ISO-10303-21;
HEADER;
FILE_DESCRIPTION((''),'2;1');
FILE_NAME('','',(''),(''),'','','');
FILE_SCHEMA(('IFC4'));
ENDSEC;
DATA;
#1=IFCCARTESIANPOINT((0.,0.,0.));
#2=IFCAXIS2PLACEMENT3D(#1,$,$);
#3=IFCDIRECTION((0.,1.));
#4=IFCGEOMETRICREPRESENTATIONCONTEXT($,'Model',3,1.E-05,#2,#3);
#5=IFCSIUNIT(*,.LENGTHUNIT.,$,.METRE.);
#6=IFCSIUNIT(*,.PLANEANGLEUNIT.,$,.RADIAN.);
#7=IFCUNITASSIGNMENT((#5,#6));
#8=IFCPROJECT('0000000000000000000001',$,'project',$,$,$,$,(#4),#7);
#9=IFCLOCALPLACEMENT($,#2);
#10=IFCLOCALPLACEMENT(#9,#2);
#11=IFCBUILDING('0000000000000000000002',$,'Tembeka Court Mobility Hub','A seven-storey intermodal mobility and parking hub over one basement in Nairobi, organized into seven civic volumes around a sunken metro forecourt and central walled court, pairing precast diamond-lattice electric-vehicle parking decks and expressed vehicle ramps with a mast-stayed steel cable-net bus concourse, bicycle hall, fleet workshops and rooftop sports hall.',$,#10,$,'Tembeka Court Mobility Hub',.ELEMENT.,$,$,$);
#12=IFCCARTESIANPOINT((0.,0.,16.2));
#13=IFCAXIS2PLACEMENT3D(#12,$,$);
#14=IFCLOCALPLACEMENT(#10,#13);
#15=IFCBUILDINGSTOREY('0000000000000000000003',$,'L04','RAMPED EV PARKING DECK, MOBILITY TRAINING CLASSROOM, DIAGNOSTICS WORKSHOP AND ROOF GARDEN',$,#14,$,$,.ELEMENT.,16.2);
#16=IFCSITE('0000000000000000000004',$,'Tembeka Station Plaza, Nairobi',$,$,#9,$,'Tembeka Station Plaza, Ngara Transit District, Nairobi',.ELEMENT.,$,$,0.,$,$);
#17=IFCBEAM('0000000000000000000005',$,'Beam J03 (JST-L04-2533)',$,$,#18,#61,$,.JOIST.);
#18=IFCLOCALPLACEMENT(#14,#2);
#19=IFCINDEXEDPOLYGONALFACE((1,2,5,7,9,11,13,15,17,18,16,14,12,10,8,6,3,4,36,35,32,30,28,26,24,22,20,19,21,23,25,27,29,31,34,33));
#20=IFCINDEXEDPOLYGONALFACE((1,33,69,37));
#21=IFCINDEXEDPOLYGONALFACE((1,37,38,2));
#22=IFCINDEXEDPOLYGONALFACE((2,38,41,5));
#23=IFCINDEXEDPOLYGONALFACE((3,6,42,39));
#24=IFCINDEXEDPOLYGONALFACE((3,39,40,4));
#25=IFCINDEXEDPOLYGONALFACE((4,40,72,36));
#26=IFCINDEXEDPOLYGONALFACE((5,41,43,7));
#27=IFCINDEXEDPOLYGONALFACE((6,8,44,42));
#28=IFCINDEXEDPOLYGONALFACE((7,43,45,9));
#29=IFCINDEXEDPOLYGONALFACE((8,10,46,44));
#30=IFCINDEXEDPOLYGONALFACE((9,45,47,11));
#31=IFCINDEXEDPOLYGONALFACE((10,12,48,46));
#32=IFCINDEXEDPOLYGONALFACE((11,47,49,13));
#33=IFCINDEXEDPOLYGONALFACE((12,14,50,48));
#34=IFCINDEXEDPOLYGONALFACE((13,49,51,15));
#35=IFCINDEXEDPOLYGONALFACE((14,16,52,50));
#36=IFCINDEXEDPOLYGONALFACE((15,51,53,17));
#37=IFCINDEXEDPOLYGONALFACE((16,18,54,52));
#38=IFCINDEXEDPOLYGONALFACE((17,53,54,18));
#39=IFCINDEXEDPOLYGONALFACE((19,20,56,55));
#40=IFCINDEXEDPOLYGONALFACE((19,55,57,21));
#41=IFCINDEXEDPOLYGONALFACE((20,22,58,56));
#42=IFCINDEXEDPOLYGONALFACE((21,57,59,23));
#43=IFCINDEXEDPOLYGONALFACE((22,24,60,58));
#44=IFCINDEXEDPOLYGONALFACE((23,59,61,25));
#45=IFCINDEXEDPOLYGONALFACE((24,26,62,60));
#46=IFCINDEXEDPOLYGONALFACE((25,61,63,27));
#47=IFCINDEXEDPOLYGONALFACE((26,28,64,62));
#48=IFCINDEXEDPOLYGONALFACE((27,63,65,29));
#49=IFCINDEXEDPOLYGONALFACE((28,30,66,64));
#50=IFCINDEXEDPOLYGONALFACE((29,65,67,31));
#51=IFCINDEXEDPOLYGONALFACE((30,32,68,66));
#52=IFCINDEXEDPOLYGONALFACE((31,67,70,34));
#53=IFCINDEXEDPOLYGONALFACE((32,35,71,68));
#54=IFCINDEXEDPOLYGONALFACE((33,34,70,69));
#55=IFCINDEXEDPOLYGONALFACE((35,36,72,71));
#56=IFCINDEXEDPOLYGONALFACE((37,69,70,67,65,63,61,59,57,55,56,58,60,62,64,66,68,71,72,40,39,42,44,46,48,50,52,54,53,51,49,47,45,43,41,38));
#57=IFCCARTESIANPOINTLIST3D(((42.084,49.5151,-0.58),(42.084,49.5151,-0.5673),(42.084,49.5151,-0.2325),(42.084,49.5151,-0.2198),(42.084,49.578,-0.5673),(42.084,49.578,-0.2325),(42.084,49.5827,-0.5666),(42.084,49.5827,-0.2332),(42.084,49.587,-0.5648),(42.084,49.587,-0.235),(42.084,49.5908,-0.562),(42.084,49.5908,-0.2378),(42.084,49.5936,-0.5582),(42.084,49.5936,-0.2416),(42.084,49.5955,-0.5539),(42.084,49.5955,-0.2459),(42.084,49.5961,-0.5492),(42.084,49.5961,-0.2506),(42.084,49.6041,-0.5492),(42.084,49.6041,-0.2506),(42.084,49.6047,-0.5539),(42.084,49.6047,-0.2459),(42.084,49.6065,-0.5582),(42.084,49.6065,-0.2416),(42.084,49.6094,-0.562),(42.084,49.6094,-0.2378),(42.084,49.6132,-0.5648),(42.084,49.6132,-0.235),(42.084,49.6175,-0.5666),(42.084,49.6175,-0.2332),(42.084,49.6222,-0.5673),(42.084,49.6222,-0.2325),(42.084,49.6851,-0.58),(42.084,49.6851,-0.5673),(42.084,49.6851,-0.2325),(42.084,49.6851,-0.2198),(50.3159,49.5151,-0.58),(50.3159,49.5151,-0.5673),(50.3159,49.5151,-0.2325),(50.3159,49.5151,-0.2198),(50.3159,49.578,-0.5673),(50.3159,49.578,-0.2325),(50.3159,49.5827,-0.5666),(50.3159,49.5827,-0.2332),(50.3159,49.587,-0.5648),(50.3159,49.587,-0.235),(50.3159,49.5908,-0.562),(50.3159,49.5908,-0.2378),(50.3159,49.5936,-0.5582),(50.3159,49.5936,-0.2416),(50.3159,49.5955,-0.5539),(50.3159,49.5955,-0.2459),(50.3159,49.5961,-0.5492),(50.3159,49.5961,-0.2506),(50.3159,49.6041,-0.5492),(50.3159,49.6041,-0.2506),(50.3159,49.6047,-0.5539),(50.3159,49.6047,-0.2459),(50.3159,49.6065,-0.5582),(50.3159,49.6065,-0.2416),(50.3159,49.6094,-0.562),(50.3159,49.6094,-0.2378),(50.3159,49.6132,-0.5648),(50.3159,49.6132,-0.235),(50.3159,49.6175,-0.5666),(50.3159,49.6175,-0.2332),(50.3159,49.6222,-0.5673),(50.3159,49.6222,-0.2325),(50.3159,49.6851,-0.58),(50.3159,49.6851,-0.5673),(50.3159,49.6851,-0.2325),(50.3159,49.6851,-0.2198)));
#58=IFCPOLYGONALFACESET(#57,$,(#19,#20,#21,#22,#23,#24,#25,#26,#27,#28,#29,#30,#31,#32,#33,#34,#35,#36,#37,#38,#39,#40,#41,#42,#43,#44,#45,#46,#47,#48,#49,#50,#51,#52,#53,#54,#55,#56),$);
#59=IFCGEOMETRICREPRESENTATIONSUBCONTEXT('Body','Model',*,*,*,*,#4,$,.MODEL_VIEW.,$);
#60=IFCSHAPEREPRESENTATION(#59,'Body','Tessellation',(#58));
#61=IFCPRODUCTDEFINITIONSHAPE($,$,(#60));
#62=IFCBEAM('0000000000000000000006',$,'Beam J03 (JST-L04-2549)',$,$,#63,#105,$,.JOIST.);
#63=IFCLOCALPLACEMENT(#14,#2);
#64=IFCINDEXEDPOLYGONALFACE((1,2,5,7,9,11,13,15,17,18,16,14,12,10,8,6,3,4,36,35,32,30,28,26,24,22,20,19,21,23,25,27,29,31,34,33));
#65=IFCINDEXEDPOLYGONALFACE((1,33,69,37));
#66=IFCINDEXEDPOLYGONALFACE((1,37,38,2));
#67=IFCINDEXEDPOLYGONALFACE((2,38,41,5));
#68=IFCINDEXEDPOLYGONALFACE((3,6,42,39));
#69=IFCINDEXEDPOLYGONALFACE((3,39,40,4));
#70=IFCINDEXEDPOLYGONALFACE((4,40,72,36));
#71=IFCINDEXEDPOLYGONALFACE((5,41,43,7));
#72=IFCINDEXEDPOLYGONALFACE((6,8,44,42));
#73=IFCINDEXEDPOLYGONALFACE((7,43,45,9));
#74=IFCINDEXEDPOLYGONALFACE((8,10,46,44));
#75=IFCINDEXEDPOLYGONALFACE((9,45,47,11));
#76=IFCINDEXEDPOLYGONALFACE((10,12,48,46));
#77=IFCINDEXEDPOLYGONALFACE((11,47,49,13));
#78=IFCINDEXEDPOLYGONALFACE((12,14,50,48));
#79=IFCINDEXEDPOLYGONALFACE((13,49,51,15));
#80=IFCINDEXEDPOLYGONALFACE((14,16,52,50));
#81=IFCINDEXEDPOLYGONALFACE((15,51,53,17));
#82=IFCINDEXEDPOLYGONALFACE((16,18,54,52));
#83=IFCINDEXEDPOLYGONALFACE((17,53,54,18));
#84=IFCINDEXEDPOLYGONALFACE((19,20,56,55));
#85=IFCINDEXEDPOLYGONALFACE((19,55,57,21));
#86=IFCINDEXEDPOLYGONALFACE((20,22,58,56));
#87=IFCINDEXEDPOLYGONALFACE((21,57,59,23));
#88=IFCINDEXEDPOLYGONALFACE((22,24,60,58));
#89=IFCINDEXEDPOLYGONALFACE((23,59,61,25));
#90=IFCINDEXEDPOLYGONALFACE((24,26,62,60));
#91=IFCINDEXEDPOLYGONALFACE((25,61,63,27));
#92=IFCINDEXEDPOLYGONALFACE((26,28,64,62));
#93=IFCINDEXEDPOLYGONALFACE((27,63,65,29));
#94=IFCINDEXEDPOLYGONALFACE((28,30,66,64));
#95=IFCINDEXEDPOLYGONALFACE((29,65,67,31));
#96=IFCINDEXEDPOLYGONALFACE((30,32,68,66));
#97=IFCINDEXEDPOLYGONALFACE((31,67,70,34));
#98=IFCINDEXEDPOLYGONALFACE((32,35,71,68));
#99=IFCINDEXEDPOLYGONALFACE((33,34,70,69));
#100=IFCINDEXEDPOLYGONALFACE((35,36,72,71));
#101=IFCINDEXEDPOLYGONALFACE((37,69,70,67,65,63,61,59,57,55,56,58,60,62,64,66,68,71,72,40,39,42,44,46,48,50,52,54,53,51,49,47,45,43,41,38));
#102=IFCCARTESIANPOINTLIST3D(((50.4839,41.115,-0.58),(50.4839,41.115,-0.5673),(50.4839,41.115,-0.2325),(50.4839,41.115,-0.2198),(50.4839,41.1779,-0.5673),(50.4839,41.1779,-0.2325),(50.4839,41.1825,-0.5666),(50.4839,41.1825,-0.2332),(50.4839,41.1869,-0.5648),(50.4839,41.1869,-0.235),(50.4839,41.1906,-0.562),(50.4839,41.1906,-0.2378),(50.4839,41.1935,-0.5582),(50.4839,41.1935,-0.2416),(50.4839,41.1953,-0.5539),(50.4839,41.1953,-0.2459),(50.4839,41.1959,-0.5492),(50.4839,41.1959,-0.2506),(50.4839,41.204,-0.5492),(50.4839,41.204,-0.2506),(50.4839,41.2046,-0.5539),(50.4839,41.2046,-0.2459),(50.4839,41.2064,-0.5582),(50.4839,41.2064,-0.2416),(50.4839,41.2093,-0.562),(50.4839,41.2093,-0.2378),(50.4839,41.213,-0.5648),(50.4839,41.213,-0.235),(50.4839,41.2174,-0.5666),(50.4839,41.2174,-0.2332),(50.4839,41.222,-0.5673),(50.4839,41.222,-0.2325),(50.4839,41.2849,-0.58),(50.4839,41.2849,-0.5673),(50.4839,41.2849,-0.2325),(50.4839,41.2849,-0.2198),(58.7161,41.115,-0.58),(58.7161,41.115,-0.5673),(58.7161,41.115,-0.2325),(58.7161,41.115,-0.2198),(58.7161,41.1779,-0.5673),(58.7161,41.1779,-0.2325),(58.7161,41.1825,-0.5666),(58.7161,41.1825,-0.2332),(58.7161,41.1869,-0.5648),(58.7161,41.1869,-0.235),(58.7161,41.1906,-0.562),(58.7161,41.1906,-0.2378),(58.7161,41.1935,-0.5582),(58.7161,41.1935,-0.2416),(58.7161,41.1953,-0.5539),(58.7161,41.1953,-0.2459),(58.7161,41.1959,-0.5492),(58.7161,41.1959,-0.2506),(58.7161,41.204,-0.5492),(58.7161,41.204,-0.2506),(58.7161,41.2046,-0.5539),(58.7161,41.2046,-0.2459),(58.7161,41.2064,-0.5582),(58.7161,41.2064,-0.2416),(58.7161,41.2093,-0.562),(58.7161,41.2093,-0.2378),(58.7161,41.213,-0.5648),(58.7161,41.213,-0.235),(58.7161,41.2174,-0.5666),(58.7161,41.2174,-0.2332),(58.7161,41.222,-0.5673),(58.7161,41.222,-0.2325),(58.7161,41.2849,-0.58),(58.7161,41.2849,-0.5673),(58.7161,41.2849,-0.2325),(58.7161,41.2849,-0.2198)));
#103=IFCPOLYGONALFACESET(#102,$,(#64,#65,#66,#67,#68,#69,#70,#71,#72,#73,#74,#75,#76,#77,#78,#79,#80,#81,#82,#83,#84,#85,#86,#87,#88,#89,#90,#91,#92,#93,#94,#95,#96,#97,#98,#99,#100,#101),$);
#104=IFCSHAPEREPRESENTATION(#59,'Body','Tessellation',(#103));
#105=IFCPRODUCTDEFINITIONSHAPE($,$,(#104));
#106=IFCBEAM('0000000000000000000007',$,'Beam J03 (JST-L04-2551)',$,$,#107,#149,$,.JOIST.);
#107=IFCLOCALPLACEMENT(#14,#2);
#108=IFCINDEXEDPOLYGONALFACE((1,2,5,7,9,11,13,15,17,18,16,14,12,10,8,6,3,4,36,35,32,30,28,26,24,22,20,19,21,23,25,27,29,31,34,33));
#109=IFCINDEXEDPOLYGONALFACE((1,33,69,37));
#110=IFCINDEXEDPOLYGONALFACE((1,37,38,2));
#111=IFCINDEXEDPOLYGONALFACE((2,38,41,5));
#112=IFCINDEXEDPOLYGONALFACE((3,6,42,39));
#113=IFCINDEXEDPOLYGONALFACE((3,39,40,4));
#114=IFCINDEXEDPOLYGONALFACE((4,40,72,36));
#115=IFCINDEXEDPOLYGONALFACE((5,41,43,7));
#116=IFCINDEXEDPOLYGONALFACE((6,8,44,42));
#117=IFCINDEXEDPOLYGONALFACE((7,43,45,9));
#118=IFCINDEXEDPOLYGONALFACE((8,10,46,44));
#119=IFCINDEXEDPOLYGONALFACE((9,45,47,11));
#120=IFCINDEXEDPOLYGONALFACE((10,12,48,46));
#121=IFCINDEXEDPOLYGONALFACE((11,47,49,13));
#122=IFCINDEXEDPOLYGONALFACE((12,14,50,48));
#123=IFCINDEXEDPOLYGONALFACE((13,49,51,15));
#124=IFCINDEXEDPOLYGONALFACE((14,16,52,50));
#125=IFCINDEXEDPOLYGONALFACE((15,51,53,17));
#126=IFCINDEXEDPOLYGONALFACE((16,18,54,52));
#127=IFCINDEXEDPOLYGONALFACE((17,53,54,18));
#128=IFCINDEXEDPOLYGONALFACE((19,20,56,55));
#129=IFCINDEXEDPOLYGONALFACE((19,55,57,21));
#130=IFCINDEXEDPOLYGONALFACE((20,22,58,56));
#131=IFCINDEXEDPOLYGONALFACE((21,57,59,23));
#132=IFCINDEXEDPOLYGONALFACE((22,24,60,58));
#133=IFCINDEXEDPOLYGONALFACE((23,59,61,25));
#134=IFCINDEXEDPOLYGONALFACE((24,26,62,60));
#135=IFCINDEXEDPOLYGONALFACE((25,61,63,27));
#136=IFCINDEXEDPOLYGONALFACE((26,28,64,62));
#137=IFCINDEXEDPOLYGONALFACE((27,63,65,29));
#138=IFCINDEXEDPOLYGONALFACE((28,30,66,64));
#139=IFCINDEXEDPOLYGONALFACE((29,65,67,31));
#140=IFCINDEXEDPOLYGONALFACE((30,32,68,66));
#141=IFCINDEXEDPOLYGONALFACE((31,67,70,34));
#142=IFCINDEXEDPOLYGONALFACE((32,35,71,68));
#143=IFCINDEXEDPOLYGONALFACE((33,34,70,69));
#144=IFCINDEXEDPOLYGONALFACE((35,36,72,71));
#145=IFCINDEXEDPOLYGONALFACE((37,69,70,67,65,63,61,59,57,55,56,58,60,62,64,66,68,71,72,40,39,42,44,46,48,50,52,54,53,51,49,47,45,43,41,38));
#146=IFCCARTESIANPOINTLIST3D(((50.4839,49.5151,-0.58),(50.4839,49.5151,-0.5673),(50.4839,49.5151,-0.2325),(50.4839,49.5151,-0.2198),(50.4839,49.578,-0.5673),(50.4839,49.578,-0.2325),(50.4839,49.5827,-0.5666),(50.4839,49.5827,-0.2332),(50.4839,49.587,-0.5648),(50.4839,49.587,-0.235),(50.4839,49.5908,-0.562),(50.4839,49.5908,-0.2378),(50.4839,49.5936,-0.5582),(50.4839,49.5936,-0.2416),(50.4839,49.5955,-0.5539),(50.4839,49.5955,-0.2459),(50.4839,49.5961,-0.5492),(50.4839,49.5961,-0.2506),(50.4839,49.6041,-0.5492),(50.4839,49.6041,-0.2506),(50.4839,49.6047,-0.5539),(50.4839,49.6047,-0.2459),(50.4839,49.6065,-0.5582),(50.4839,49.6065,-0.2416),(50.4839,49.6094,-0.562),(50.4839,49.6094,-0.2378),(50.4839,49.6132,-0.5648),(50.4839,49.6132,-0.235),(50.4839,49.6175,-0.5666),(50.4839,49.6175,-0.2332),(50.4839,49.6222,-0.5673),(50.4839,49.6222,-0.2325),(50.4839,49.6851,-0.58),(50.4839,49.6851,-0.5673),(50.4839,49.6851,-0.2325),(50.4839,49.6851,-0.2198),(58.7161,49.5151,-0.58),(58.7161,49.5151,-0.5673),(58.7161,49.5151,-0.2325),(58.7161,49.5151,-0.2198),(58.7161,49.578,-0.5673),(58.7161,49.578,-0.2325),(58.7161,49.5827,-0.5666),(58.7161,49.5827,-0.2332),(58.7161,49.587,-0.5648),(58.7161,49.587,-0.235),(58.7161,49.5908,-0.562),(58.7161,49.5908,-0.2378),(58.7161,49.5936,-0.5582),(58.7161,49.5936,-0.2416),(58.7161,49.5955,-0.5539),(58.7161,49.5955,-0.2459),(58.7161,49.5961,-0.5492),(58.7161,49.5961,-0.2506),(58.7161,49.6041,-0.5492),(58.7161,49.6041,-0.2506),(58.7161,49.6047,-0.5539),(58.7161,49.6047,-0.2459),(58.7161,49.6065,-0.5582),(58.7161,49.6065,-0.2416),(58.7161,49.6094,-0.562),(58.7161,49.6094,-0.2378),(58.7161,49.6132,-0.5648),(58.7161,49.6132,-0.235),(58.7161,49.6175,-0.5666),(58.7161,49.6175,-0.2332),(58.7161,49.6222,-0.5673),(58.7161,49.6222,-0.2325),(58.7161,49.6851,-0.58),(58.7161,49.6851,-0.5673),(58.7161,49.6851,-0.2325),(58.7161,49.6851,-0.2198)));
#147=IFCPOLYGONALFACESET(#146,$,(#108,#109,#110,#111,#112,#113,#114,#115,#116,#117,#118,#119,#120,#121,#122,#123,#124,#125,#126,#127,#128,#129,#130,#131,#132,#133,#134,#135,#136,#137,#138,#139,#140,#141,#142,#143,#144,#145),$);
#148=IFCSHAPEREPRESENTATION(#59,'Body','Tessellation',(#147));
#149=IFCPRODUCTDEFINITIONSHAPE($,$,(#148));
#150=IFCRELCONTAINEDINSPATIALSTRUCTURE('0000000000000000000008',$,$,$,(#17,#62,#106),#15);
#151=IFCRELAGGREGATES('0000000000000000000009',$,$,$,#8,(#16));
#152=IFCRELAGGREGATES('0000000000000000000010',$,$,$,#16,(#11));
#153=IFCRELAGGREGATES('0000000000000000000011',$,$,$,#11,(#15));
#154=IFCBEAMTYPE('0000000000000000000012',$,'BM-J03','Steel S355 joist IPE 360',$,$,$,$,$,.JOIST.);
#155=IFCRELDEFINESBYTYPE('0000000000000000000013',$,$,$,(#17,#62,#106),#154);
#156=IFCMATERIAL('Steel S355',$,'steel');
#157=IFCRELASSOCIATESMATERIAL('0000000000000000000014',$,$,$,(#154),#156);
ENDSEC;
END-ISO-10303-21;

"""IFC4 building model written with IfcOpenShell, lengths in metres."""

from ifc_helpers import new_model, si_unit, direction, frame, origin, origin_2d, place, context, subcontext, project, spatial, i_section, extrude, material, material_profile, profile_set, type_object, element, save


model = new_model("IFC4")

# Units and contexts
model_context = context("Model", 3, precision=1e-05, world=origin(), true_north=direction((0.0, 1.0)))
body_context = subcontext(model_context, "Body", "Model", "MODEL_VIEW")
ifc_project = project(units=[si_unit("LENGTHUNIT", "METRE"), si_unit("PLANEANGLEUNIT", "RADIAN")], contexts=[model_context])

# Site, building, storey
site_placement = place(None, origin())
site = spatial("IfcSite", under=ifc_project, at=site_placement, Name="Tembeka Station Plaza, Nairobi", LongName="Tembeka Station Plaza, Ngara Transit District, Nairobi", CompositionType="ELEMENT", RefElevation=0.0)
building_placement = place(site_placement, origin())
building = spatial("IfcBuilding", under=site, at=building_placement, Name="Tembeka Court Mobility Hub", Description="A seven-storey intermodal mobility and parking hub over one basement in Nairobi, organized into seven civic volumes around a sunken metro forecourt and central walled court, pairing precast diamond-lattice electric-vehicle parking decks and expressed vehicle ramps with a mast-stayed steel cable-net bus concourse, bicycle hall, fleet workshops and rooftop sports hall.", LongName="Tembeka Court Mobility Hub", CompositionType="ELEMENT")
storey_placement = place(building_placement, frame((0.0, 0.0, 16.2)))
storey = spatial("IfcBuildingStorey", under=building, at=storey_placement, Name="L04", Description="RAMPED EV PARKING DECK, MOBILITY TRAINING CLASSROOM, DIAGNOSTICS WORKSHOP AND ROOF GARDEN", CompositionType="ELEMENT", Elevation=16.2)

# Shared definitions
ifc_material = material(Name="Steel S355", Category="steel")

# Beams
ifc_material_profile_1 = material_profile(ifc_material, i_section(OverallWidth=0.1699, OverallDepth=0.3601, WebThickness=0.0081, FlangeThickness=0.0127, FilletRadius=0.0181, at=origin_2d()), Name="IPE 360")
ifc_profile_set_1 = profile_set([ifc_material_profile_1], Name="Steel S355")
beam_type_1 = type_object("IfcBeamType", Name="BM-J03", Description="Steel S355 joist IPE 360", PredefinedType="JOIST", material=ifc_profile_set_1)
for number, where, z_axis, x_axis, name in (
    (1, (42.084, 49.6001, -0.3999), (1.0, 0.0, 0.0), (0.0, 1.0, 0.0), "Beam J03 (JST-L04-2533)"),
):
    element("IfcBeam", number, at=place(storey_placement, frame(where, z_axis=z_axis, x_axis=x_axis)), inside=storey, type_object=beam_type_1, Name=name, PredefinedType="JOIST", context=body_context, shape_type="SweptSolid", body=[
        extrude(i_section(OverallWidth=0.1699, OverallDepth=0.3601, WebThickness=0.0081, FlangeThickness=0.0127, FilletRadius=0.0181, at=origin_2d()), origin(), (0.0, 0.0, 1.0), 8.2319),
    ])
for number, where, z_axis, x_axis, name in (
    (2, (50.4839, 41.2, -0.3999), (1.0, 0.0, 0.0), (0.0, 1.0, 0.0), "Beam J03 (JST-L04-2549)"),
    (3, (50.4839, 49.6001, -0.3999), (1.0, 0.0, 0.0), (0.0, 1.0, 0.0), "Beam J03 (JST-L04-2551)"),
):
    element("IfcBeam", number, at=place(storey_placement, frame(where, z_axis=z_axis, x_axis=x_axis)), inside=storey, type_object=beam_type_1, Name=name, PredefinedType="JOIST", context=body_context, shape_type="SweptSolid", body=[
        extrude(i_section(OverallWidth=0.1699, OverallDepth=0.3601, WebThickness=0.0081, FlangeThickness=0.0127, FilletRadius=0.0181, at=origin_2d()), origin(), (0.0, 0.0, 1.0), 8.2322),
    ])

save(model, "model.ifc")
